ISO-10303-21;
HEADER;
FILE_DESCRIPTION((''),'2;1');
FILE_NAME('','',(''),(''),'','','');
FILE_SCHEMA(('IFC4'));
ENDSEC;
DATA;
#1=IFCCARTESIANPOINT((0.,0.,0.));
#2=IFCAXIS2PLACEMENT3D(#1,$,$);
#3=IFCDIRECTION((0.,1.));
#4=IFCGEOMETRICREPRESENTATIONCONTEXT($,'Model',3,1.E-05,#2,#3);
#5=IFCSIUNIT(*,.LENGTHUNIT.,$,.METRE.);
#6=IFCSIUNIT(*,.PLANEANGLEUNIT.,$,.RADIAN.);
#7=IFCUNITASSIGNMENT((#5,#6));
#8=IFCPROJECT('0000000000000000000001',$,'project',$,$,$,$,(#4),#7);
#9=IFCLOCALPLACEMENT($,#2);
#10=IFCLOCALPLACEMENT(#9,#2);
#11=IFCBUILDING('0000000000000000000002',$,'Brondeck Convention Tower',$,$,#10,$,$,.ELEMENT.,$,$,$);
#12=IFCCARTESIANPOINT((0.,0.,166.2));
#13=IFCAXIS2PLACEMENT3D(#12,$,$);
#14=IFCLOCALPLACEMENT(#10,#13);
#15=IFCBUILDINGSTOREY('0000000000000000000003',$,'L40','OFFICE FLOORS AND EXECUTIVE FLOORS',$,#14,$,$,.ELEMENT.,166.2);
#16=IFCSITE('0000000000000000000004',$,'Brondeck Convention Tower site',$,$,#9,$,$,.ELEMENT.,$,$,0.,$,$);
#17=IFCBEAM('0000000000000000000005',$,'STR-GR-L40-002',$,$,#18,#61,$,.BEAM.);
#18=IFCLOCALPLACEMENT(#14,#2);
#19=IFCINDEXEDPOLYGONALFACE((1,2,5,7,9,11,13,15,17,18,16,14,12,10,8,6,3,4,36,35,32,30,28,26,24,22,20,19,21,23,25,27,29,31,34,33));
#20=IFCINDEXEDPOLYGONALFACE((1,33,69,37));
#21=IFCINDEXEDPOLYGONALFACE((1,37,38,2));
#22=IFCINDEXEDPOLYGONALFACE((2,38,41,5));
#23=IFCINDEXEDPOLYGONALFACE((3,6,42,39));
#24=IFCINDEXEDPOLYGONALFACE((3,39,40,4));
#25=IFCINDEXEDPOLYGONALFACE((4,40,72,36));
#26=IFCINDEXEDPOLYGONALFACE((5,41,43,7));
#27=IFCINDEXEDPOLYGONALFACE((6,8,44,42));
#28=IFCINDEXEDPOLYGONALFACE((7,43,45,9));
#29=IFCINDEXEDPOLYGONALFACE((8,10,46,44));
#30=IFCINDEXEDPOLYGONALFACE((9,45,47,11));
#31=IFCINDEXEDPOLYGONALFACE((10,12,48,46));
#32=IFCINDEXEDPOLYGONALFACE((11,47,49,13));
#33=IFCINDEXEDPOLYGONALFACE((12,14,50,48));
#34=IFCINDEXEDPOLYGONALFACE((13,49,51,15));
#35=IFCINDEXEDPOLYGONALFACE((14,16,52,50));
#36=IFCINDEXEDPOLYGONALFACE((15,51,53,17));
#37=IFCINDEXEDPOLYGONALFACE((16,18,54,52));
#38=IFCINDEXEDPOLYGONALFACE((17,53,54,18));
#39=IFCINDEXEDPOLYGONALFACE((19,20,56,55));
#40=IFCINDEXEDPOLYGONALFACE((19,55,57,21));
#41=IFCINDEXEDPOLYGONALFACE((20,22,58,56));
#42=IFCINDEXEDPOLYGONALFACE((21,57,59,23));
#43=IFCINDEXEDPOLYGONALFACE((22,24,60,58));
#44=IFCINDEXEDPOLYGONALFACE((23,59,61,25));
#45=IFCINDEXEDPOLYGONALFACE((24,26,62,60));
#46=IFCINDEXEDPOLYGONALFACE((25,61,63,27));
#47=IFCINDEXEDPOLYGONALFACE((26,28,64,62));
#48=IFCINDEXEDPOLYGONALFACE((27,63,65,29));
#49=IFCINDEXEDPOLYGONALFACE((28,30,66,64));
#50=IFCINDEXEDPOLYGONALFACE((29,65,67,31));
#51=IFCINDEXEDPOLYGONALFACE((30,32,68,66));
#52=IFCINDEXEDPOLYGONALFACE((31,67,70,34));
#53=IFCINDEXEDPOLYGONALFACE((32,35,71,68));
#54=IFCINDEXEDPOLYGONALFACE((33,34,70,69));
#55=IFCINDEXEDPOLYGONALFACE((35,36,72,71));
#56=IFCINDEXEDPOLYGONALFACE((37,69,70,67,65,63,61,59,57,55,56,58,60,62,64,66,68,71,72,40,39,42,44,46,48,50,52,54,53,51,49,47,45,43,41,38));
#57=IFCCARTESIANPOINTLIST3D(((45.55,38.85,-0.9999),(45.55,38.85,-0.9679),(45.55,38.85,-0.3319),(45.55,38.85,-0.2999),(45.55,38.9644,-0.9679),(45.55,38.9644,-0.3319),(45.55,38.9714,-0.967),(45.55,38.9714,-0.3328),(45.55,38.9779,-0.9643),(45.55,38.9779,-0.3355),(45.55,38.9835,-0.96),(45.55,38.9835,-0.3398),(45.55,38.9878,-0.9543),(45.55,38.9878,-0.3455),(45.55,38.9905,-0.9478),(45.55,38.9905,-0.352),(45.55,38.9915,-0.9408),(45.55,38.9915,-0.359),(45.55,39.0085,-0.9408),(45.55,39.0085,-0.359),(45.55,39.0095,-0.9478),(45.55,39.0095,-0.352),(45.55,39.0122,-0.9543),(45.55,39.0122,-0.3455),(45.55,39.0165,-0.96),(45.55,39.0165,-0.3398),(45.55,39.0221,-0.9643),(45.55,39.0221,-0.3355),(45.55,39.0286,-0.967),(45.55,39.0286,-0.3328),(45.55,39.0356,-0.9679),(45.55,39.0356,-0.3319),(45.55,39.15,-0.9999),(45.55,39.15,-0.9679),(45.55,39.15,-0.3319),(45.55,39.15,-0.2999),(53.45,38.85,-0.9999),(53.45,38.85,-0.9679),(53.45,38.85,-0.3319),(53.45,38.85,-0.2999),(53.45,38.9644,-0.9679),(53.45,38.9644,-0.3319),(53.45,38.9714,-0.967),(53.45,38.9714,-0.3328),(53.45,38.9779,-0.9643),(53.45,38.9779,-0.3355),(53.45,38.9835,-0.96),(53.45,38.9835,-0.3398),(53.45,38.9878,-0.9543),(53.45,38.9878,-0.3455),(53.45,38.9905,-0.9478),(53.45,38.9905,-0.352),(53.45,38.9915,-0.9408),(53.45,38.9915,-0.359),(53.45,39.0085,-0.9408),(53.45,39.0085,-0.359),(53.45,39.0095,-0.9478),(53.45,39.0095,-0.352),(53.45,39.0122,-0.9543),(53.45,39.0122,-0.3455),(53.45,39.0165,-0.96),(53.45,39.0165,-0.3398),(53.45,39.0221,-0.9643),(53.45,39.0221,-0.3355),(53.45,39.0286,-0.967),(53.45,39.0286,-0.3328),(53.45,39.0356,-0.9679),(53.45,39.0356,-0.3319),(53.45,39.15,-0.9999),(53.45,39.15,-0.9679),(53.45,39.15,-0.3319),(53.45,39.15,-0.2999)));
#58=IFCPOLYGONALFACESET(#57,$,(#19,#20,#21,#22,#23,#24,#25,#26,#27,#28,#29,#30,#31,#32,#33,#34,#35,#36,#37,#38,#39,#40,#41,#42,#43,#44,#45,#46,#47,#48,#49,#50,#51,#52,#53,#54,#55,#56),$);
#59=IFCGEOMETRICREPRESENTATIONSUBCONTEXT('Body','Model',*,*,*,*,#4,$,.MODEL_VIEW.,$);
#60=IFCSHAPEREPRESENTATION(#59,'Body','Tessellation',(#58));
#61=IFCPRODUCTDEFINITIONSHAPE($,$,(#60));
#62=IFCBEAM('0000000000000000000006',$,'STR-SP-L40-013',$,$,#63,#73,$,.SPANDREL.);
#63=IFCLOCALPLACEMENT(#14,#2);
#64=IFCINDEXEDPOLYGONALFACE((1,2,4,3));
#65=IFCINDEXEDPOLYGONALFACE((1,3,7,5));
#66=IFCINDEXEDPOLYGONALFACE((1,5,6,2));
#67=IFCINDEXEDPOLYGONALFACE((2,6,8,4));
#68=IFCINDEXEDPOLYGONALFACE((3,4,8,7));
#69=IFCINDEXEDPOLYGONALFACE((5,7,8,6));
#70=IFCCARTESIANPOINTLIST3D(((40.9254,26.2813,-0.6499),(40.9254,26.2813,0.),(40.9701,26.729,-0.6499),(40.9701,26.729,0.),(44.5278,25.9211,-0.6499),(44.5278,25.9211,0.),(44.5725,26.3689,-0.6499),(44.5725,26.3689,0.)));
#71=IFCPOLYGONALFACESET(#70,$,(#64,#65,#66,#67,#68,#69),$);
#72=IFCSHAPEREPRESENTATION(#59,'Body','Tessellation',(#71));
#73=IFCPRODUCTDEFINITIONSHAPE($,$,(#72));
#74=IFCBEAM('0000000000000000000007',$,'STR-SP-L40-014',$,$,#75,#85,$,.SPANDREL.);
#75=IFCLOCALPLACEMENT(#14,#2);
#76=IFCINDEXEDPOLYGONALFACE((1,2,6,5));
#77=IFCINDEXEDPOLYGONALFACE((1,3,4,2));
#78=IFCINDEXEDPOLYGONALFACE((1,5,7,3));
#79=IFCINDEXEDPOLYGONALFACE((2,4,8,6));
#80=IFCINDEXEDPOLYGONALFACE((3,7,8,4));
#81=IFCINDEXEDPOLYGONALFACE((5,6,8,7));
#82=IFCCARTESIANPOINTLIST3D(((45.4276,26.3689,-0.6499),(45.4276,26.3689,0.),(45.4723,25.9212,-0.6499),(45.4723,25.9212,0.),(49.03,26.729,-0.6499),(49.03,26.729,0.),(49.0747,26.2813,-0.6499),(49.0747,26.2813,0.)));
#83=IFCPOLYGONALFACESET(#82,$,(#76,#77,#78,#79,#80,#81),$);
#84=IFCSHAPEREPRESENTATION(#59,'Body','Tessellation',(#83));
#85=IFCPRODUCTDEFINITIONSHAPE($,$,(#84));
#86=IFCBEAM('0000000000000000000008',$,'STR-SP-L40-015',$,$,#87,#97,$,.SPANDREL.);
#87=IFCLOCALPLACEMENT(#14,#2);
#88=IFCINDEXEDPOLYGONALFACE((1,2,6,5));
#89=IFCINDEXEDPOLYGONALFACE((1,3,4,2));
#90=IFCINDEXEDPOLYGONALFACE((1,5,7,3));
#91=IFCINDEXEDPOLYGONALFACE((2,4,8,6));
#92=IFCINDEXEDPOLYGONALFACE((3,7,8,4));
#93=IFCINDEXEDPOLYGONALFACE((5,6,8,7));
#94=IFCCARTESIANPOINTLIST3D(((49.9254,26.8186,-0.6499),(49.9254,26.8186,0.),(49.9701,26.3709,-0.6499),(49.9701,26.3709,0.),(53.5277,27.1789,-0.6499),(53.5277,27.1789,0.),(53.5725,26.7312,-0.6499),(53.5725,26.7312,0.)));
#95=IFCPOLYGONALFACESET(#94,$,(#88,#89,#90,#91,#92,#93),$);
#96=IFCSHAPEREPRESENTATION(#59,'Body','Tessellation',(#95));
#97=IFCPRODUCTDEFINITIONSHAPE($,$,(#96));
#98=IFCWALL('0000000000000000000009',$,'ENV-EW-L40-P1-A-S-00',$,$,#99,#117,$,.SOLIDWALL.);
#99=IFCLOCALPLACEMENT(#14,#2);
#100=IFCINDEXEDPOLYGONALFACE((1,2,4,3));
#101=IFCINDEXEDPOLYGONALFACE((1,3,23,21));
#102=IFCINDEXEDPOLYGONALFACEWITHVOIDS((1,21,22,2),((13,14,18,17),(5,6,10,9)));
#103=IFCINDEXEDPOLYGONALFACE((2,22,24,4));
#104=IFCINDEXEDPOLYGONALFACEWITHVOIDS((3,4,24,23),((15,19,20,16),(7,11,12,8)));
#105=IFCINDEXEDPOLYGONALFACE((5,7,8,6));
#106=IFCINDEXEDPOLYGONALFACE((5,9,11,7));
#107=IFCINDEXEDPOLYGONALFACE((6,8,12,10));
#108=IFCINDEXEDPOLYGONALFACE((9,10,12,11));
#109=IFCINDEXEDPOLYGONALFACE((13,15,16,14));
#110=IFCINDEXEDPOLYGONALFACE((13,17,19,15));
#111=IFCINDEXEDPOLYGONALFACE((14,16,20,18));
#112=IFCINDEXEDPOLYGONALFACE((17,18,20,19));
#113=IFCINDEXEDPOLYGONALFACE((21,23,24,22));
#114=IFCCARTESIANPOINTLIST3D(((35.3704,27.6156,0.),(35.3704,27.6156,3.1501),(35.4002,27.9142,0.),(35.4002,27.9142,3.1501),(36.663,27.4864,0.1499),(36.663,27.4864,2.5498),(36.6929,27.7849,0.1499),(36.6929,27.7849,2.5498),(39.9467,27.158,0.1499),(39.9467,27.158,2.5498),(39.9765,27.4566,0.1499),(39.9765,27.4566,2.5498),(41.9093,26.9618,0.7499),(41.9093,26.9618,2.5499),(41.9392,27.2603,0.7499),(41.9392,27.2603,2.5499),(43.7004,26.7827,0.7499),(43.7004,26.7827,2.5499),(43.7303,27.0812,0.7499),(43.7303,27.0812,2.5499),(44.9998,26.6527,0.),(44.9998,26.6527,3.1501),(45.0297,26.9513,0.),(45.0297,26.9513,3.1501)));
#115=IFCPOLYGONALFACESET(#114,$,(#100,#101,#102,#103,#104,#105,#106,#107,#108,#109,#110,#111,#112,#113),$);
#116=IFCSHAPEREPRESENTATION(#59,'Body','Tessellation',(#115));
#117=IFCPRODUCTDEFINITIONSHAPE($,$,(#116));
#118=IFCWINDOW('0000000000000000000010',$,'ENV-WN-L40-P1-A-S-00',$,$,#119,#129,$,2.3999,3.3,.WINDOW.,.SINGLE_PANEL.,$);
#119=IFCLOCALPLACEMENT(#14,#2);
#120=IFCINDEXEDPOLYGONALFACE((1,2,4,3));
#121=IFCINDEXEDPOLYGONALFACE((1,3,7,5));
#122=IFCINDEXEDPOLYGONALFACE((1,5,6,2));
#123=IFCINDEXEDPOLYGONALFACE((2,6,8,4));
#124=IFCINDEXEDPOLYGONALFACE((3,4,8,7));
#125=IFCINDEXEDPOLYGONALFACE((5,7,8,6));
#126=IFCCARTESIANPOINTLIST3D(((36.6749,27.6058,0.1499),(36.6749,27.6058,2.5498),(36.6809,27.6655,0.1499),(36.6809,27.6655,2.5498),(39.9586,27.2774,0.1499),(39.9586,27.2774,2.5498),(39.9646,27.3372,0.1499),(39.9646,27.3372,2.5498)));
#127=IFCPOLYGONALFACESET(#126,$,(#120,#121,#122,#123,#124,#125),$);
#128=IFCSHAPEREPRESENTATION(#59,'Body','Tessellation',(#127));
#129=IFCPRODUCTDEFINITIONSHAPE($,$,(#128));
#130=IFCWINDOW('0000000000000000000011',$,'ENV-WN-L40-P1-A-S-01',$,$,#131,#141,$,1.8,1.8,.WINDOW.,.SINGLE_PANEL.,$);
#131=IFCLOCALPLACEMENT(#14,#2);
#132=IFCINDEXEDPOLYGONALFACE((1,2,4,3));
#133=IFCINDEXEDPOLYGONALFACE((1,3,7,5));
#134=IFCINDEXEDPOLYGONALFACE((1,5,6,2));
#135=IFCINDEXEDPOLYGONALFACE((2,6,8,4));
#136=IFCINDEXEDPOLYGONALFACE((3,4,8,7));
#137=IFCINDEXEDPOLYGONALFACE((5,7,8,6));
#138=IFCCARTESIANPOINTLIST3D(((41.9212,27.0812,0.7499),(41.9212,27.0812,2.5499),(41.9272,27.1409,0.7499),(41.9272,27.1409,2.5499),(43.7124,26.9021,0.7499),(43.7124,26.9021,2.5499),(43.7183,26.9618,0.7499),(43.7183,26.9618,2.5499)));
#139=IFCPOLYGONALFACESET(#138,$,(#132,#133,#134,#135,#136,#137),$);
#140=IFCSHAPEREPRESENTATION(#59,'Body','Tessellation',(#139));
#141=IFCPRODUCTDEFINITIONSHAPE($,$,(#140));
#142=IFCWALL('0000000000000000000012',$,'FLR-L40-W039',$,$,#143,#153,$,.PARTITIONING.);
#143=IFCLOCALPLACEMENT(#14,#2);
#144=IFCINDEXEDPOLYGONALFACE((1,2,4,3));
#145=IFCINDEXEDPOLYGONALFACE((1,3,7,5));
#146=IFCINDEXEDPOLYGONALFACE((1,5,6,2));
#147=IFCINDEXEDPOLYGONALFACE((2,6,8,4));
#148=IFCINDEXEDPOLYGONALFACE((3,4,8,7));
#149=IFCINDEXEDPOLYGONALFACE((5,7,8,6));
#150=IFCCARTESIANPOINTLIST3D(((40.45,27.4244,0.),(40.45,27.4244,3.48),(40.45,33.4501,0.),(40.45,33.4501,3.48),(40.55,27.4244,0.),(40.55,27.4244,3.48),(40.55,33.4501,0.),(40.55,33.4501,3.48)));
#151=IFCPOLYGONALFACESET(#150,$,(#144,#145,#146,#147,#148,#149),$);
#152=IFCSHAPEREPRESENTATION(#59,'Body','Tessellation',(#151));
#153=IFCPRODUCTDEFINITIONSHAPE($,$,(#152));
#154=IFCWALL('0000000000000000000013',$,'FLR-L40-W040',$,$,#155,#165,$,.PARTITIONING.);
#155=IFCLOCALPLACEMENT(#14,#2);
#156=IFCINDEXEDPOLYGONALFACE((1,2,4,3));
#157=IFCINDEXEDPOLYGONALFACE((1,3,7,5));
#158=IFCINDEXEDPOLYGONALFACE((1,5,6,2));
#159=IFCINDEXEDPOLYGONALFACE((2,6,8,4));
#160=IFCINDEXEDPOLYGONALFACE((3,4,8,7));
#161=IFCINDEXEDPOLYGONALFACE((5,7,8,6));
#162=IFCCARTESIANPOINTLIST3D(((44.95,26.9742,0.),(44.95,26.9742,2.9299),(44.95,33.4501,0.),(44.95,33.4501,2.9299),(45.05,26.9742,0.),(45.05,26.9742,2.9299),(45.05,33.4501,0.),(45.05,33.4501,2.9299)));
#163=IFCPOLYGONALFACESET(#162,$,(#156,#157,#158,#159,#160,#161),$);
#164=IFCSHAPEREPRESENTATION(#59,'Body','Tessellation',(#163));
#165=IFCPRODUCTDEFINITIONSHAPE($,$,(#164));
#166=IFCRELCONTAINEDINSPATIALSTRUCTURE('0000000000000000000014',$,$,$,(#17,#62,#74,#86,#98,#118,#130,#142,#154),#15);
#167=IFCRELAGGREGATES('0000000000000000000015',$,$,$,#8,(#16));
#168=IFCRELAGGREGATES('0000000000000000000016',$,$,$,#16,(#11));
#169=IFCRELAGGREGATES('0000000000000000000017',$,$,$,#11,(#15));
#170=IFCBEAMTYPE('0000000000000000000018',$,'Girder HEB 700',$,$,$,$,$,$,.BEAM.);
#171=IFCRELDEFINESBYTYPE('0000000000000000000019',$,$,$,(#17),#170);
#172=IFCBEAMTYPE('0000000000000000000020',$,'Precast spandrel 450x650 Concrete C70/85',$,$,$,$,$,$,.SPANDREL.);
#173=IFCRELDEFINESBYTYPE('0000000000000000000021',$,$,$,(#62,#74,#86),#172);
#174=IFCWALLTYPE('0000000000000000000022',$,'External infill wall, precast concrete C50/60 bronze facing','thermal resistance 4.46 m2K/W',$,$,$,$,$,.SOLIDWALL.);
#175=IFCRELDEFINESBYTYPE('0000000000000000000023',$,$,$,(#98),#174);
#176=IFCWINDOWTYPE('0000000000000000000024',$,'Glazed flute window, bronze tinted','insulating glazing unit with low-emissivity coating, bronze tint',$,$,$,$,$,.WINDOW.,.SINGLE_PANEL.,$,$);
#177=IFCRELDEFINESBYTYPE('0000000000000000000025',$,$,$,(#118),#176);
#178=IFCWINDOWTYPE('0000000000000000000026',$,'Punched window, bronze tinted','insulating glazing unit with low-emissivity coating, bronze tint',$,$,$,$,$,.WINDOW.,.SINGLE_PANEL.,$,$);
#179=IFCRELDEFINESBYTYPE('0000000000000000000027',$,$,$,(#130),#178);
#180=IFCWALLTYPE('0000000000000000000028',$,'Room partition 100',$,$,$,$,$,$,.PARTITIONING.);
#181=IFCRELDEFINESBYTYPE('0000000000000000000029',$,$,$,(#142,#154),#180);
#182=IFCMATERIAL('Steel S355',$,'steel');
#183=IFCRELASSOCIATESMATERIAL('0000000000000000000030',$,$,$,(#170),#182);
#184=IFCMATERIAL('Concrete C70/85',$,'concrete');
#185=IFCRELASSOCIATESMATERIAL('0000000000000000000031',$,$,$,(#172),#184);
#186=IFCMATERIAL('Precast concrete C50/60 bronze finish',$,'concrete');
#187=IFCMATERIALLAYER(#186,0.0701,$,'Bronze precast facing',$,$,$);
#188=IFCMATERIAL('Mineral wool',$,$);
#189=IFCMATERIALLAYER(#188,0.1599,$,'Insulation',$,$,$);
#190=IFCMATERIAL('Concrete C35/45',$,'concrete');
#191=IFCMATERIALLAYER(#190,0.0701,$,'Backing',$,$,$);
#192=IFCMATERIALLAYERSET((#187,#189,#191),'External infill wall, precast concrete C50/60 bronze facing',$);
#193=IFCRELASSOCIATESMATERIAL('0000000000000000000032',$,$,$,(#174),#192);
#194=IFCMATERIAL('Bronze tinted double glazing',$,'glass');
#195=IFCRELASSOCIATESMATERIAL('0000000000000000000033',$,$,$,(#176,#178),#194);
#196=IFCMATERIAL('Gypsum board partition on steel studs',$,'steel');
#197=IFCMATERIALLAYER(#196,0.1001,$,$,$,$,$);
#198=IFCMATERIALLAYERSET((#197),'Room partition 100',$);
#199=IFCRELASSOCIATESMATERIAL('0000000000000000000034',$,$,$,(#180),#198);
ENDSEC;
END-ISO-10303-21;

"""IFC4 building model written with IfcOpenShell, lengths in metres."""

from ifc_helpers import new_model, si_unit, direction, frame, frame_2d, origin, origin_2d, place, context, subcontext, project, spatial, rectangle, i_section, extrude, material, layer, layer_set, material_profile, profile_set, type_object, element, fill, save


model = new_model("IFC4")

# Units and contexts
model_context = context("Model", 3, precision=1e-05, world=origin(), true_north=direction((0.0, 1.0)))
body_context = subcontext(model_context, "Body", "Model", "MODEL_VIEW")
ifc_project = project(units=[si_unit("LENGTHUNIT", "METRE"), si_unit("PLANEANGLEUNIT", "RADIAN")], contexts=[model_context])

# Site, building, storey
site_placement = place(None, origin())
site = spatial("IfcSite", under=ifc_project, at=site_placement, Name="Brondeck Convention Tower site", CompositionType="ELEMENT", RefElevation=0.0)
building_placement = place(site_placement, origin())
building = spatial("IfcBuilding", under=site, at=building_placement, Name="Brondeck Convention Tower", CompositionType="ELEMENT")
storey_placement = place(building_placement, frame((0.0, 0.0, 166.2)))
storey = spatial("IfcBuildingStorey", under=building, at=storey_placement, Name="L40", Description="OFFICE FLOORS AND EXECUTIVE FLOORS", CompositionType="ELEMENT", Elevation=166.2)

# Shared definitions
ifc_material_1 = material(Name="Concrete C70/85", Category="concrete")

# Beams
ifc_material_2 = material(Name="Steel S355", Category="steel")
ifc_material_profile_1 = material_profile(ifc_material_2, i_section(OverallWidth=0.3, OverallDepth=0.7, WebThickness=0.0171, FlangeThickness=0.032, FilletRadius=0.0271, at=origin_2d()), Name="HEB 700")
ifc_profile_set_1 = profile_set([ifc_material_profile_1], Name="Steel S355")
beam_type_1 = type_object("IfcBeamType", Name="Girder HEB 700", PredefinedType="BEAM", material=ifc_profile_set_1)
beam_1_placement = place(storey_placement, frame((45.55, 39.0, -0.6499), z_axis=(1.0, 0.0, 0.0), x_axis=(0.0, 1.0, 0.0)))
element("IfcBeam", 1, at=beam_1_placement, inside=storey, type_object=beam_type_1, Name="STR-GR-L40-002", PredefinedType="BEAM", context=body_context, shape_type="SweptSolid", body=[
    extrude(i_section(OverallWidth=0.3, OverallDepth=0.7, WebThickness=0.0171, FlangeThickness=0.032, FilletRadius=0.0271, at=origin_2d()), origin(), (0.0, 0.0, 1.0), 7.8999),
])
ifc_material_profile_2 = material_profile(ifc_material_1, rectangle(XDim=0.45, YDim=0.6499, at=origin_2d()), Name="Precast spandrel 450x650 Concrete C70/85")
ifc_profile_set_2 = profile_set([ifc_material_profile_2], Name="Concrete C70/85")
beam_type_2 = type_object("IfcBeamType", Name="Precast spandrel 450x650 Concrete C70/85", PredefinedType="SPANDREL", material=ifc_profile_set_2)
for number, where, z_axis, x_axis, name in (
    (2, (40.9478, 26.5051, -0.325), (0.995041, -0.09947, 0.0), (0.09947, 0.995041, 0.0), "STR-SP-L40-013"),
    (3, (45.45, 26.145, -0.325), (0.995041, 0.09947, 0.0), (-0.09947, 0.995041, 0.0), "STR-SP-L40-014"),
    (4, (49.9478, 26.5947, -0.325), (0.995034, 0.099537, 0.0), (-0.099537, 0.995034, 0.0), "STR-SP-L40-015"),
):
    element("IfcBeam", number, at=place(storey_placement, frame(where, z_axis=z_axis, x_axis=x_axis)), inside=storey, type_object=beam_type_2, Name=name, PredefinedType="SPANDREL", context=body_context, shape_type="SweptSolid", body=[
        extrude(rectangle(XDim=0.45, YDim=0.6499, at=origin_2d()), origin(), (0.0, 0.0, 1.0), 3.6204),
    ])

# Wall, openings, windows
ifc_material_3 = material(Name="Precast concrete C50/60 bronze finish", Category="concrete")
ifc_layer_1 = layer(ifc_material_3, 0.0701, Name="Bronze precast facing")
ifc_material_4 = material(Name="Mineral wool")
ifc_layer_2 = layer(ifc_material_4, 0.1599, Name="Insulation")
ifc_material_5 = material(Name="Concrete C35/45", Category="concrete")
ifc_layer_3 = layer(ifc_material_5, 0.0701, Name="Backing")
ifc_layer_set_1 = layer_set([ifc_layer_1, ifc_layer_2, ifc_layer_3], Name="External infill wall, precast concrete C50/60 bronze facing")
wall_type_1 = type_object("IfcWallType", Name="External infill wall, precast concrete C50/60 bronze facing", Description="thermal resistance 4.46 m2K/W", PredefinedType="SOLIDWALL", material=ifc_layer_set_1)
wall_1_placement = place(storey_placement, frame((45.0149, 26.802, 0.0), z_axis=(0.0, 0.0, 1.0), x_axis=(-0.995038, 0.099499, 0.0)))
wall_1 = element("IfcWall", 5, at=wall_1_placement, inside=storey, type_object=wall_type_1, Name="ENV-EW-L40-P1-A-S-00", PredefinedType="SOLIDWALL", context=body_context, shape_type="SweptSolid", body=[
    extrude(rectangle(XDim=9.6775, YDim=0.3, at=frame_2d((4.8389, 0.0))), origin(), (0.0, 0.0, 1.0), 3.1501),
])
opening_1_placement = place(wall_1_placement, frame((1.3062, 0.0, 0.75)))
opening_1 = element("IfcOpeningElement", 6, at=opening_1_placement, cuts=wall_1, PredefinedType="OPENING", context=body_context, shape_type="SweptSolid", body=[
    extrude(rectangle(XDim=1.8, YDim=1.8, at=frame_2d((0.8999, 0.8999))), frame((0.0, 0.1599, 0.0), z_axis=(0.0, -1.0, 0.0), x_axis=(1.0, 0.0, 0.0)), (0.0, 0.0, 1.0), 0.3201),
])
opening_2_placement = place(wall_1_placement, frame((5.0786, 0.0, 0.1499)))
opening_2 = element("IfcOpeningElement", 7, at=opening_2_placement, cuts=wall_1, PredefinedType="OPENING", context=body_context, shape_type="SweptSolid", body=[
    extrude(rectangle(XDim=3.3, YDim=2.3999, at=frame_2d((1.6499, 1.2))), frame((0.0, 0.1599, 0.0), z_axis=(0.0, -1.0, 0.0), x_axis=(1.0, 0.0, 0.0)), (0.0, 0.0, 1.0), 0.3201),
])
ifc_material_6 = material(Name="Bronze tinted double glazing", Category="glass")
window_type_1 = type_object("IfcWindowType", Name="Glazed flute window, bronze tinted", Description="insulating glazing unit with low-emissivity coating, bronze tint", PartitioningType="SINGLE_PANEL", PredefinedType="WINDOW", material=ifc_material_6)
window_1_placement = place(opening_2_placement, origin())
window_1 = element("IfcWindow", 8, at=window_1_placement, inside=storey, type_object=window_type_1, Name="ENV-WN-L40-P1-A-S-00", OverallHeight=2.3999, OverallWidth=3.3, PartitioningType="SINGLE_PANEL", PredefinedType="WINDOW", context=body_context, shape_type="SweptSolid", body=[
    extrude(rectangle(XDim=3.3, YDim=2.3999, at=frame_2d((1.6499, 1.2))), frame((0.0, 0.03, 0.0), z_axis=(0.0, -1.0, 0.0), x_axis=(1.0, 0.0, 0.0)), (0.0, 0.0, 1.0), 0.0601),
])
fill(opening_2, window_1)
window_type_2 = type_object("IfcWindowType", Name="Punched window, bronze tinted", Description="insulating glazing unit with low-emissivity coating, bronze tint", PartitioningType="SINGLE_PANEL", PredefinedType="WINDOW", material=ifc_material_6)
window_2_placement = place(opening_1_placement, origin())
window_2 = element("IfcWindow", 9, at=window_2_placement, inside=storey, type_object=window_type_2, Name="ENV-WN-L40-P1-A-S-01", OverallHeight=1.8, OverallWidth=1.8, PartitioningType="SINGLE_PANEL", PredefinedType="WINDOW", context=body_context, shape_type="SweptSolid", body=[
    extrude(rectangle(XDim=1.8, YDim=1.8, at=frame_2d((0.8999, 0.8999))), frame((0.0, 0.03, 0.0), z_axis=(0.0, -1.0, 0.0), x_axis=(1.0, 0.0, 0.0)), (0.0, 0.0, 1.0), 0.0601),
])
fill(opening_1, window_2)

# Walls
ifc_material_7 = material(Name="Gypsum board partition on steel studs", Category="steel")
ifc_layer_4 = layer(ifc_material_7, 0.1001)
ifc_layer_set_2 = layer_set([ifc_layer_4], Name="Room partition 100")
wall_type_2 = type_object("IfcWallType", Name="Room partition 100", PredefinedType="PARTITIONING", material=ifc_layer_set_2)
wall_2_placement = place(storey_placement, frame((40.5, 33.45, 0.0), z_axis=(0.0, 0.0, 1.0), x_axis=(0.0, -1.0, 0.0)))
element("IfcWall", 10, at=wall_2_placement, inside=storey, type_object=wall_type_2, Name="FLR-L40-W039", PredefinedType="PARTITIONING", context=body_context, shape_type="SweptSolid", body=[
    extrude(rectangle(XDim=6.0256, YDim=0.1001, at=frame_2d((3.0127, 0.0))), origin(), (0.0, 0.0, 1.0), 3.48),
])
wall_3_placement = place(storey_placement, frame((45.0, 33.45, 0.0), z_axis=(0.0, 0.0, 1.0), x_axis=(0.0, -1.0, 0.0)))
element("IfcWall", 11, at=wall_3_placement, inside=storey, type_object=wall_type_2, Name="FLR-L40-W040", PredefinedType="PARTITIONING", context=body_context, shape_type="SweptSolid", body=[
    extrude(rectangle(XDim=6.4758, YDim=0.1001, at=frame_2d((3.2378, 0.0))), origin(), (0.0, 0.0, 1.0), 2.9299),
])

save(model, "model.ifc")
